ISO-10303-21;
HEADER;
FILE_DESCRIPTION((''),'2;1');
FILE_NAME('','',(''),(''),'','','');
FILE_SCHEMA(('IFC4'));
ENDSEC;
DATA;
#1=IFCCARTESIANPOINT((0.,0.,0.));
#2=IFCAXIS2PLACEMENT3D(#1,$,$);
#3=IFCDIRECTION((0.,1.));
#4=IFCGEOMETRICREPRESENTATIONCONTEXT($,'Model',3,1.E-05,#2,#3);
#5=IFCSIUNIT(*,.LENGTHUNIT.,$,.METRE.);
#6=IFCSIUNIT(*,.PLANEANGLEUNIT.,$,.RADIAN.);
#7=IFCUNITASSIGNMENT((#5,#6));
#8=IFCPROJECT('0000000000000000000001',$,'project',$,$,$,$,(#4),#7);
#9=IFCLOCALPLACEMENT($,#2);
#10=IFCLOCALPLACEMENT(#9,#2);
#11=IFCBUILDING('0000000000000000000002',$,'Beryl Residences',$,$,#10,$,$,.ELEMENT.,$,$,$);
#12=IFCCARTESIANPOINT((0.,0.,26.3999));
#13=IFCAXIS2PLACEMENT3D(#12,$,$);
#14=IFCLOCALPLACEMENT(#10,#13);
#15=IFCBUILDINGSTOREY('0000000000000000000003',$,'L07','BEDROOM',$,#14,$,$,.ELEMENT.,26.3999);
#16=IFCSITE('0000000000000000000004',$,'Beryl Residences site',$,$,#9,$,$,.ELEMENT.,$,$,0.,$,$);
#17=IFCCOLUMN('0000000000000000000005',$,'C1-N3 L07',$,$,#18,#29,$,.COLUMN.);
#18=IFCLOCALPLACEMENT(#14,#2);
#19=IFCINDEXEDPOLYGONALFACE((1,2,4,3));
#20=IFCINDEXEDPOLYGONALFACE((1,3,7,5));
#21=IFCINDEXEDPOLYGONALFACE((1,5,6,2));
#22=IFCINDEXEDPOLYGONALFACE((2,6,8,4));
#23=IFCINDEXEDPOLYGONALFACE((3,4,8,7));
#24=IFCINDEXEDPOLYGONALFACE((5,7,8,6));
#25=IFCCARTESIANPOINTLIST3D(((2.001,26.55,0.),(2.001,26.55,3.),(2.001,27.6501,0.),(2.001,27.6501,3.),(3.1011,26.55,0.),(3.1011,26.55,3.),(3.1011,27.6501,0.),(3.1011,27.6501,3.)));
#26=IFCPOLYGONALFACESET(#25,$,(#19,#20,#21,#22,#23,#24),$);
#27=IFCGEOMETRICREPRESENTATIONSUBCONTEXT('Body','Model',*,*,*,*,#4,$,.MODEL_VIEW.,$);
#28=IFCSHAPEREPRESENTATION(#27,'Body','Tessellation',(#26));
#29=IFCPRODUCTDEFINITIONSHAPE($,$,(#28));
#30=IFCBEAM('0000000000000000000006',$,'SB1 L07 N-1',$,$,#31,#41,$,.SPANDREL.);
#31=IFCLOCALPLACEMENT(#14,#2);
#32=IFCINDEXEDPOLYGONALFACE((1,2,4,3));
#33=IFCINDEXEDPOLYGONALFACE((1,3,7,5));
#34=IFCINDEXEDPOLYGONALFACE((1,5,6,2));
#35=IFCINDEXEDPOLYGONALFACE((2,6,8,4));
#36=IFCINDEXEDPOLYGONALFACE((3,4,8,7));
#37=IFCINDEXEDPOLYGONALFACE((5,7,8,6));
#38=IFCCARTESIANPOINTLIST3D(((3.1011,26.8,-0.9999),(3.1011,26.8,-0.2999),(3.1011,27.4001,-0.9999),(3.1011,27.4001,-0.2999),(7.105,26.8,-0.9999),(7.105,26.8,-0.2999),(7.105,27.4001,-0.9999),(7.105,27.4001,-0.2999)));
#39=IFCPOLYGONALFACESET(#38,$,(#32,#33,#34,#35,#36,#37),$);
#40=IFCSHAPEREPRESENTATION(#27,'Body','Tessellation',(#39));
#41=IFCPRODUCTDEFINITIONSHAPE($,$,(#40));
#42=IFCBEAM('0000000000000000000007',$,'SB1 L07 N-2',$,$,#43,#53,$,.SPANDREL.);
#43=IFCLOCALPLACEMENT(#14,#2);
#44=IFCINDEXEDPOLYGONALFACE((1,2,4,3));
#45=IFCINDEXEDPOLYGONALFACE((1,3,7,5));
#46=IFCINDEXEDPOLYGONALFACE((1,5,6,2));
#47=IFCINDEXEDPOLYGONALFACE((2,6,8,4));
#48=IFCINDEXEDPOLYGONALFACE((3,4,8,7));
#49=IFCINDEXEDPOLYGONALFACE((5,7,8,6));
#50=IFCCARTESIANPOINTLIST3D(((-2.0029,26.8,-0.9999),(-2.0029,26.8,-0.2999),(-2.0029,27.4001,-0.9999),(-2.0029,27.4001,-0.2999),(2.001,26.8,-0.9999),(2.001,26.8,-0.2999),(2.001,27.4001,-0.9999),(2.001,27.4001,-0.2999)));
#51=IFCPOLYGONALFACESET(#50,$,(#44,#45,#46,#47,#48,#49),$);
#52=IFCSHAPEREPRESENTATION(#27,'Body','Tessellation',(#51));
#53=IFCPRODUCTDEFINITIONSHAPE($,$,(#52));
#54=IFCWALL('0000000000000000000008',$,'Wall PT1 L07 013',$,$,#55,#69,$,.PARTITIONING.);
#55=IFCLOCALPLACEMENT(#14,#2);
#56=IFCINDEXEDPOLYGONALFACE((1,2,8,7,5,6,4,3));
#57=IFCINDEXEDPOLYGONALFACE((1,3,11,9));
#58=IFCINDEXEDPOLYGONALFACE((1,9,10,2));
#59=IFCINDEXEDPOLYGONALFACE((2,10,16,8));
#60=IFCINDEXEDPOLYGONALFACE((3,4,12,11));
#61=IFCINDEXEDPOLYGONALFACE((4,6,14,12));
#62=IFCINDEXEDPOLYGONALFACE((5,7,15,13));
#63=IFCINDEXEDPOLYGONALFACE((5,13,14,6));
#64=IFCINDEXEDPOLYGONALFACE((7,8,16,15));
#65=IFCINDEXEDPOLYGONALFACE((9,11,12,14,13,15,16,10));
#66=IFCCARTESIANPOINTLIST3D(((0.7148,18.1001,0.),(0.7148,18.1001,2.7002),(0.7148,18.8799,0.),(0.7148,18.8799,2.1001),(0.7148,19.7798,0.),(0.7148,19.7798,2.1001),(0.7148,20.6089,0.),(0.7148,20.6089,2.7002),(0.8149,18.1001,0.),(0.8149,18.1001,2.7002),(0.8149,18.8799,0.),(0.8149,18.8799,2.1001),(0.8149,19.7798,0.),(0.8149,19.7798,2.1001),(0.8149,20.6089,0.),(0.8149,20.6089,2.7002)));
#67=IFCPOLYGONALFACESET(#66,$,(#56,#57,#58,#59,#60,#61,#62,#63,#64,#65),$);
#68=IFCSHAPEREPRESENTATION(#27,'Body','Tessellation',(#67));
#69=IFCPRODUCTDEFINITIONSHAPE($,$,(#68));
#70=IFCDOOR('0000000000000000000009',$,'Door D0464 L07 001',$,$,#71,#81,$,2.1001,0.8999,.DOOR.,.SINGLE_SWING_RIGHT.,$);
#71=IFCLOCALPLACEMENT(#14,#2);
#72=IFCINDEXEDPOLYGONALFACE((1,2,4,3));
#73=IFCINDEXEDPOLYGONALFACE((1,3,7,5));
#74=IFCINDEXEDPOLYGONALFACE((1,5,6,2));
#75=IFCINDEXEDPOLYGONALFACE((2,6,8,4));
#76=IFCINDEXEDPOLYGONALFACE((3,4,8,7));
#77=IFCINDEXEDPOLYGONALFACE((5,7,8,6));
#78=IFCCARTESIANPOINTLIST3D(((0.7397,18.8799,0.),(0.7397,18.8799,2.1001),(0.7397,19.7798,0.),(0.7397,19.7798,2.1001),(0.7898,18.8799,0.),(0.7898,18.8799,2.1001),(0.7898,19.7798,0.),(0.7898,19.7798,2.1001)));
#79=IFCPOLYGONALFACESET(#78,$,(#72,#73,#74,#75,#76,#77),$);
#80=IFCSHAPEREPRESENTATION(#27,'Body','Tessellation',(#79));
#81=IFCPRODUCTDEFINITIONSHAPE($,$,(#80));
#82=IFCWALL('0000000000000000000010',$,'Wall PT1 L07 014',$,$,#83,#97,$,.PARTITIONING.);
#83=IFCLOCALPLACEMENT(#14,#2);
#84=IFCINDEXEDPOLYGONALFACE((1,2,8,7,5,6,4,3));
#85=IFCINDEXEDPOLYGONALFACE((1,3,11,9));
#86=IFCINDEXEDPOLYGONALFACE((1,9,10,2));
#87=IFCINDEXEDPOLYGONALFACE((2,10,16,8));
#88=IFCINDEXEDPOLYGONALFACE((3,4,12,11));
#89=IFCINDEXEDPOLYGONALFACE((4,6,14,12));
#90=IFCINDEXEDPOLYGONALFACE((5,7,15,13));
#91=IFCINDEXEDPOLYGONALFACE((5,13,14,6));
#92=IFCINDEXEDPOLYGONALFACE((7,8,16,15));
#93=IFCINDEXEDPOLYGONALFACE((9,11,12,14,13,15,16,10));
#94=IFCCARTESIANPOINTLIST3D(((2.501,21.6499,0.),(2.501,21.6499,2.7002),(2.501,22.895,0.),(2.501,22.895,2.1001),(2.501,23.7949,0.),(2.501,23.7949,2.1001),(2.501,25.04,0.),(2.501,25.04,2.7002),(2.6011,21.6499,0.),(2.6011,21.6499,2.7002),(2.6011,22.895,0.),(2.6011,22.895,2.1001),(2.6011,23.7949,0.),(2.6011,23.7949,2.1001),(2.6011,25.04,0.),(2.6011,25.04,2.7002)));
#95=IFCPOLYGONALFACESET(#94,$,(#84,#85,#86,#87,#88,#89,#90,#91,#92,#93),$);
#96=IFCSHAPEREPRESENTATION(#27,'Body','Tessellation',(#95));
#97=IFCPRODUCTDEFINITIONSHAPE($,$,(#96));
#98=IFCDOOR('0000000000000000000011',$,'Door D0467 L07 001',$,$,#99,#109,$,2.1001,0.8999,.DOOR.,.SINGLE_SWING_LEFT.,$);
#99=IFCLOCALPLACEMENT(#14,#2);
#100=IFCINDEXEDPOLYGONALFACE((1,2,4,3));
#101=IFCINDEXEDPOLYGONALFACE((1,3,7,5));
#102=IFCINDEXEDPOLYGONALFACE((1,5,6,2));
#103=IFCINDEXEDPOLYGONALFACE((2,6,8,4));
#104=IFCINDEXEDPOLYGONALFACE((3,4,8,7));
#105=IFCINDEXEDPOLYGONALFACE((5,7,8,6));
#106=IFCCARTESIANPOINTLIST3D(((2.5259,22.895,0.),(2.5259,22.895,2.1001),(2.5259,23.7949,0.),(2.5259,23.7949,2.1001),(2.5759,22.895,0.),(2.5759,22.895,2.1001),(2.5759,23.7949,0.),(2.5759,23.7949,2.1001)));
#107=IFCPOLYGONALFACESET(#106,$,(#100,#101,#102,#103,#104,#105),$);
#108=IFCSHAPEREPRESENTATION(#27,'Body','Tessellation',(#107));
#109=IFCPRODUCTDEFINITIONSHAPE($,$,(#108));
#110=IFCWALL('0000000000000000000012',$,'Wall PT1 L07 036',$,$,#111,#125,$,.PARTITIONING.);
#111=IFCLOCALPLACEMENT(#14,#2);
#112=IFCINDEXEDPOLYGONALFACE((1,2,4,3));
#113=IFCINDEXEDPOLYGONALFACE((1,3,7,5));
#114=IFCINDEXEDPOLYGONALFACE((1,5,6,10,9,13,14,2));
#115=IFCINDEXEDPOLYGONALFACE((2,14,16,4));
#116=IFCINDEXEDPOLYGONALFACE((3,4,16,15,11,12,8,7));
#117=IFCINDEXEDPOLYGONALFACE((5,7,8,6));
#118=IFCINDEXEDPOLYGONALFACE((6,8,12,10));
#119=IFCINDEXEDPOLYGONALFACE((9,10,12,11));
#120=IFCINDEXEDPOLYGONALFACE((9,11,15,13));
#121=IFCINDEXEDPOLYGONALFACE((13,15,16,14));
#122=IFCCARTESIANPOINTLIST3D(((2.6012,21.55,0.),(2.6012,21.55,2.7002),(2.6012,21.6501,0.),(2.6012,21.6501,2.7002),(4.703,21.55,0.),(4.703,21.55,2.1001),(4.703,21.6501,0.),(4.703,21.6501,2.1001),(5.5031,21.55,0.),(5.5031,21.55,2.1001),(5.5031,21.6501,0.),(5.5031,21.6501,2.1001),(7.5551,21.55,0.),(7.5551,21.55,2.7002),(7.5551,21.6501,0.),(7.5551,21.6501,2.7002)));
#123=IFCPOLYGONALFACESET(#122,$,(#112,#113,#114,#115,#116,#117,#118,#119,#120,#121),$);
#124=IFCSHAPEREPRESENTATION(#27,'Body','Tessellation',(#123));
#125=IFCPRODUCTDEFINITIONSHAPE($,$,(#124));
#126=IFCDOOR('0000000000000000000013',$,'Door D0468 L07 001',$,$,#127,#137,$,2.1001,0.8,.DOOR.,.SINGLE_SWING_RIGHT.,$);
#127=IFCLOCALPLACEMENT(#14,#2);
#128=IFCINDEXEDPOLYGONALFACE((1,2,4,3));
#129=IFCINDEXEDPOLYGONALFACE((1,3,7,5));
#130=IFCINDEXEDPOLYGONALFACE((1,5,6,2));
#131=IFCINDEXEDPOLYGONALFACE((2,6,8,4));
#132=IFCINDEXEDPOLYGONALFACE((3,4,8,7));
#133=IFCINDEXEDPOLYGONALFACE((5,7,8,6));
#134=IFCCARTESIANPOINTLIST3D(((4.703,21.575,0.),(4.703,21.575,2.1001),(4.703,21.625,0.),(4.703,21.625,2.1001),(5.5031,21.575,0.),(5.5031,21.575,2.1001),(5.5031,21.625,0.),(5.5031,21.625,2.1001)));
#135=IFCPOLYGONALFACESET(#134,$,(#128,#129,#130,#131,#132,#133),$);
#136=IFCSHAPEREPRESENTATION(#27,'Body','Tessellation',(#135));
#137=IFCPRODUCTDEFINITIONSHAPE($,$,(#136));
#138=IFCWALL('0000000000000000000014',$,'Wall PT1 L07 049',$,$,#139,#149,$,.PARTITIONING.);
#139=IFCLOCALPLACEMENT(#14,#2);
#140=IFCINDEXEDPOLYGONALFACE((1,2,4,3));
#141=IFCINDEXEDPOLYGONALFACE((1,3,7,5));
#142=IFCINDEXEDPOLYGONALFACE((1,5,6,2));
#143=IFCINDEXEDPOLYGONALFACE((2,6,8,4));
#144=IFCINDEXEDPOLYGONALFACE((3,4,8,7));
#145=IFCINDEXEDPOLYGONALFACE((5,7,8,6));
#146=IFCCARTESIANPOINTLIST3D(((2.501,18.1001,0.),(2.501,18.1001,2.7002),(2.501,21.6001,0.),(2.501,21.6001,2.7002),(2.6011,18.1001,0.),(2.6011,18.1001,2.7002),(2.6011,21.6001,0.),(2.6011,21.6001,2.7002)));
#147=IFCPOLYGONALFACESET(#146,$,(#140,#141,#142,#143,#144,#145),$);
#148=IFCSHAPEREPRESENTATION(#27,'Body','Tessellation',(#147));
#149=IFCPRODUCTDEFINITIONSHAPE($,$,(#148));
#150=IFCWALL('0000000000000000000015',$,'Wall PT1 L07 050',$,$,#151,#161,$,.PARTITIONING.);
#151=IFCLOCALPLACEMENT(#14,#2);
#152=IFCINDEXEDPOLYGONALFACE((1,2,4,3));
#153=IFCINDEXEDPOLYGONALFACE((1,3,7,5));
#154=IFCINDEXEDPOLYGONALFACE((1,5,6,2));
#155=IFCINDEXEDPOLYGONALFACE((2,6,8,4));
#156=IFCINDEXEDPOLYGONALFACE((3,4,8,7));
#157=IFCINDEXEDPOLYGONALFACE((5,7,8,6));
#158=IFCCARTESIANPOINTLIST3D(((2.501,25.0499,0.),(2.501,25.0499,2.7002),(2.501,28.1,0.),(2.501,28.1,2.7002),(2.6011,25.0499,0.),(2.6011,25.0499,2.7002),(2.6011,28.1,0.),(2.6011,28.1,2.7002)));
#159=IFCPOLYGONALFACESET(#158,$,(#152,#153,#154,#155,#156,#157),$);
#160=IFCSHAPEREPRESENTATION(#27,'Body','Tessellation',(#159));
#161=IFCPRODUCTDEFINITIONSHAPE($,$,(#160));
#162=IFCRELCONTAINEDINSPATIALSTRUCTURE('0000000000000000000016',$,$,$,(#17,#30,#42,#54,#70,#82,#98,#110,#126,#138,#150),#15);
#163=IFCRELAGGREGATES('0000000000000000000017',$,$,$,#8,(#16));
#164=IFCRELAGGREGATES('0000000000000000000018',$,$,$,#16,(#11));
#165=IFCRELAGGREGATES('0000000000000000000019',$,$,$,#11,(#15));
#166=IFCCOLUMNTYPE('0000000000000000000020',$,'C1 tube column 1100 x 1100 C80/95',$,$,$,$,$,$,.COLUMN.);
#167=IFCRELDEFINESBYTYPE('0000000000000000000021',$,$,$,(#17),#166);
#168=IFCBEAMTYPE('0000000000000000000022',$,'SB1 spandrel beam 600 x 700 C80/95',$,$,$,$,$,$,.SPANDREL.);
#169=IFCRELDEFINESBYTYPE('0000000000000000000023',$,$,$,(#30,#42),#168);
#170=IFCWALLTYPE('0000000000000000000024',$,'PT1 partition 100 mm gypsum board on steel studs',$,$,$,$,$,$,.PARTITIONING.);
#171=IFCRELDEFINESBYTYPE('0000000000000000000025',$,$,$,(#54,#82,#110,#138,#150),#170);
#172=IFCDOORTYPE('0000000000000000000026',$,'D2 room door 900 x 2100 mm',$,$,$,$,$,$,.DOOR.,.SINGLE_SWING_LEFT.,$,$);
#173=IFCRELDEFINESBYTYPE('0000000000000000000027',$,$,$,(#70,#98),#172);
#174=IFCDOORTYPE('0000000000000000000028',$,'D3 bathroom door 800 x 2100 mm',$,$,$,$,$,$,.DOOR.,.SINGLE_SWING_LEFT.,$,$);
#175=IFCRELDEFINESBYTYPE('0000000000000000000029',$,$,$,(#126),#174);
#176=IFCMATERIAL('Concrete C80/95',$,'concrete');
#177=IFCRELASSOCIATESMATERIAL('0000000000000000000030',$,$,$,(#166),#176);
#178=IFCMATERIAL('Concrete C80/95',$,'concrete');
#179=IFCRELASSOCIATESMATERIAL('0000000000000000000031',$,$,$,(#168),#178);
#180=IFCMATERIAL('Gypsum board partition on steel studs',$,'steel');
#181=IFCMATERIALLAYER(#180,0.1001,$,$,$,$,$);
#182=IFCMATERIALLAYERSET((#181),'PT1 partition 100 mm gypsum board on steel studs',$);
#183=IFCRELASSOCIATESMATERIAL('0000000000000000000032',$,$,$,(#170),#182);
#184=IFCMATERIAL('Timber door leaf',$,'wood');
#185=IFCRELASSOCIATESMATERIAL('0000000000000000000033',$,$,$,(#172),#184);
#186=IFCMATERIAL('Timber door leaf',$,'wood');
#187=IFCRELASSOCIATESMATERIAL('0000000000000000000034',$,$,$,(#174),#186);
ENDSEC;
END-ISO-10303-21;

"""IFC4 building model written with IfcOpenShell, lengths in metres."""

from ifc_helpers import new_model, si_unit, direction, frame, frame_2d, origin, origin_2d, place, context, subcontext, project, spatial, rectangle, extrude, material, layer, layer_set, material_profile, profile_set, type_object, element, fill, save


model = new_model("IFC4")

# Units and contexts
model_context = context("Model", 3, precision=1e-05, world=origin(), true_north=direction((0.0, 1.0)))
body_context = subcontext(model_context, "Body", "Model", "MODEL_VIEW")
ifc_project = project(units=[si_unit("LENGTHUNIT", "METRE"), si_unit("PLANEANGLEUNIT", "RADIAN")], contexts=[model_context])

# Site, building, storey
site_placement = place(None, origin())
site = spatial("IfcSite", under=ifc_project, at=site_placement, Name="Beryl Residences site", CompositionType="ELEMENT", RefElevation=0.0)
building_placement = place(site_placement, origin())
building = spatial("IfcBuilding", under=site, at=building_placement, Name="Beryl Residences", CompositionType="ELEMENT")
storey_placement = place(building_placement, frame((0.0, 0.0, 26.3999)))
storey = spatial("IfcBuildingStorey", under=building, at=storey_placement, Name="L07", Description="BEDROOM", CompositionType="ELEMENT", Elevation=26.3999)

# Column
ifc_material_1 = material(Name="Concrete C80/95", Category="concrete")
ifc_material_profile_1 = material_profile(ifc_material_1, rectangle(XDim=1.1001, YDim=1.1001, at=origin_2d()))
ifc_profile_set_1 = profile_set([ifc_material_profile_1], Name="Concrete C80/95")
column_type = type_object("IfcColumnType", Name="C1 tube column 1100 x 1100 C80/95", PredefinedType="COLUMN", material=ifc_profile_set_1)
column_placement = place(storey_placement, frame((2.551, 27.1001, 0.0), z_axis=(0.0, 0.0, 1.0), x_axis=(-1.0, 0.0, 0.0)))
element("IfcColumn", 1, at=column_placement, inside=storey, type_object=column_type, Name="C1-N3 L07", PredefinedType="COLUMN", context=body_context, shape_type="SweptSolid", body=[
    extrude(rectangle(XDim=1.1001, YDim=1.1001, at=origin_2d()), origin(), (0.0, 0.0, 1.0), 3.0),
])

# Beams
ifc_material_2 = material(Name="Concrete C80/95", Category="concrete")
ifc_material_profile_2 = material_profile(ifc_material_2, rectangle(XDim=0.6001, YDim=0.7, at=origin_2d()))
ifc_profile_set_2 = profile_set([ifc_material_profile_2], Name="Concrete C80/95")
beam_type = type_object("IfcBeamType", Name="SB1 spandrel beam 600 x 700 C80/95", PredefinedType="SPANDREL", material=ifc_profile_set_2)
for number, where, z_axis, x_axis, name in (
    (2, (7.105, 27.1001, -0.6499), (-1.0, 0.0, 0.0), (0.0, -1.0, 0.0), "SB1 L07 N-1"),
    (3, (2.001, 27.1001, -0.6499), (-1.0, 0.0, 0.0), (0.0, -1.0, 0.0), "SB1 L07 N-2"),
):
    element("IfcBeam", number, at=place(storey_placement, frame(where, z_axis=z_axis, x_axis=x_axis)), inside=storey, type_object=beam_type, Name=name, PredefinedType="SPANDREL", context=body_context, shape_type="SweptSolid", body=[
        extrude(rectangle(XDim=0.6001, YDim=0.7, at=origin_2d()), origin(), (0.0, 0.0, 1.0), 4.0039),
    ])

# Walls, openings, doors
ifc_material_3 = material(Name="Gypsum board partition on steel studs", Category="steel")
ifc_layer = layer(ifc_material_3, 0.1001)
ifc_layer_set = layer_set([ifc_layer], Name="PT1 partition 100 mm gypsum board on steel studs")
wall_type = type_object("IfcWallType", Name="PT1 partition 100 mm gypsum board on steel studs", PredefinedType="PARTITIONING", material=ifc_layer_set)
wall_1_placement = place(storey_placement, frame((0.7649, 20.6089, 0.0), z_axis=(0.0, 0.0, 1.0), x_axis=(0.0, -1.0, 0.0)))
wall_1 = element("IfcWall", 4, at=wall_1_placement, inside=storey, type_object=wall_type, Name="Wall PT1 L07 013", PredefinedType="PARTITIONING", context=body_context, shape_type="SweptSolid", body=[
    extrude(rectangle(XDim=2.5088, YDim=0.1001, at=frame_2d((1.2544, 0.0))), origin(), (0.0, 0.0, 1.0), 2.7002),
])
opening_1_placement = place(wall_1_placement, frame((0.8291, 0.0, 0.0)))
opening_1 = element("IfcOpeningElement", 5, at=opening_1_placement, cuts=wall_1, PredefinedType="OPENING", context=body_context, shape_type="SweptSolid", body=[
    extrude(rectangle(XDim=0.8999, YDim=2.1001, at=frame_2d((0.45, 1.05))), frame((0.0, 0.0601, 0.0), z_axis=(0.0, -1.0, 0.0), x_axis=(1.0, 0.0, 0.0)), (0.0, 0.0, 1.0), 0.1201),
])
ifc_material_4 = material(Name="Timber door leaf", Category="wood")
door_type_1 = type_object("IfcDoorType", Name="D2 room door 900 x 2100 mm", OperationType="SINGLE_SWING_LEFT", PredefinedType="DOOR", material=ifc_material_4)
door_1_placement = place(opening_1_placement, origin())
door_1 = element("IfcDoor", 6, at=door_1_placement, inside=storey, type_object=door_type_1, Name="Door D0464 L07 001", OperationType="SINGLE_SWING_RIGHT", OverallHeight=2.1001, OverallWidth=0.8999, PredefinedType="DOOR", context=body_context, shape_type="SweptSolid", body=[
    extrude(rectangle(XDim=0.8999, YDim=2.1001, at=frame_2d((0.45, 1.05))), frame((0.0, 0.0249, 0.0), z_axis=(0.0, -1.0, 0.0), x_axis=(1.0, 0.0, 0.0)), (0.0, 0.0, 1.0), 0.05),
])
fill(opening_1, door_1)
wall_2_placement = place(storey_placement, frame((2.551, 25.04, 0.0), z_axis=(0.0, 0.0, 1.0), x_axis=(0.0, -1.0, 0.0)))
wall_2 = element("IfcWall", 7, at=wall_2_placement, inside=storey, type_object=wall_type, Name="Wall PT1 L07 014", PredefinedType="PARTITIONING", context=body_context, shape_type="SweptSolid", body=[
    extrude(rectangle(XDim=3.3901, YDim=0.1001, at=frame_2d((1.6951, 0.0))), origin(), (0.0, 0.0, 1.0), 2.7002),
])
opening_2_placement = place(wall_2_placement, frame((1.2451, 0.0, 0.0)))
opening_2 = element("IfcOpeningElement", 8, at=opening_2_placement, cuts=wall_2, PredefinedType="OPENING", context=body_context, shape_type="SweptSolid", body=[
    extrude(rectangle(XDim=0.8999, YDim=2.1001, at=frame_2d((0.45, 1.05))), frame((0.0, 0.0601, 0.0), z_axis=(0.0, -1.0, 0.0), x_axis=(1.0, 0.0, 0.0)), (0.0, 0.0, 1.0), 0.1201),
])
door_2_placement = place(opening_2_placement, origin())
door_2 = element("IfcDoor", 9, at=door_2_placement, inside=storey, type_object=door_type_1, Name="Door D0467 L07 001", OperationType="SINGLE_SWING_LEFT", OverallHeight=2.1001, OverallWidth=0.8999, PredefinedType="DOOR", context=body_context, shape_type="SweptSolid", body=[
    extrude(rectangle(XDim=0.8999, YDim=2.1001, at=frame_2d((0.45, 1.05))), frame((0.0, 0.0249, 0.0), z_axis=(0.0, -1.0, 0.0), x_axis=(1.0, 0.0, 0.0)), (0.0, 0.0, 1.0), 0.05),
])
fill(opening_2, door_2)
wall_3_placement = place(storey_placement, frame((2.6011, 21.6001, 0.0), z_axis=(0.0, 0.0, 1.0), x_axis=(1.0, 0.0, 0.0)))
wall_3 = element("IfcWall", 10, at=wall_3_placement, inside=storey, type_object=wall_type, Name="Wall PT1 L07 036", PredefinedType="PARTITIONING", context=body_context, shape_type="SweptSolid", body=[
    extrude(rectangle(XDim=4.9539, YDim=0.1001, at=frame_2d((2.4771, 0.0))), origin(), (0.0, 0.0, 1.0), 2.7002),
])
opening_3_placement = place(wall_3_placement, frame((2.1021, 0.0, 0.0)))
opening_3 = element("IfcOpeningElement", 11, at=opening_3_placement, cuts=wall_3, PredefinedType="OPENING", context=body_context, shape_type="SweptSolid", body=[
    extrude(rectangle(XDim=0.8, YDim=2.1001, at=frame_2d((0.3999, 1.05))), frame((0.0, 0.0601, 0.0), z_axis=(0.0, -1.0, 0.0), x_axis=(1.0, 0.0, 0.0)), (0.0, 0.0, 1.0), 0.1201),
])
ifc_material_5 = material(Name="Timber door leaf", Category="wood")
door_type_2 = type_object("IfcDoorType", Name="D3 bathroom door 800 x 2100 mm", OperationType="SINGLE_SWING_LEFT", PredefinedType="DOOR", material=ifc_material_5)
door_3_placement = place(opening_3_placement, origin())
door_3 = element("IfcDoor", 12, at=door_3_placement, inside=storey, type_object=door_type_2, Name="Door D0468 L07 001", OperationType="SINGLE_SWING_RIGHT", OverallHeight=2.1001, OverallWidth=0.8, PredefinedType="DOOR", context=body_context, shape_type="SweptSolid", body=[
    extrude(rectangle(XDim=0.8, YDim=2.1001, at=frame_2d((0.3999, 1.05))), frame((0.0, 0.0249, 0.0), z_axis=(0.0, -1.0, 0.0), x_axis=(1.0, 0.0, 0.0)), (0.0, 0.0, 1.0), 0.05),
])
fill(opening_3, door_3)

# Walls
wall_4_placement = place(storey_placement, frame((2.551, 18.1001, 0.0), z_axis=(0.0, 0.0, 1.0), x_axis=(0.0, 1.0, 0.0)))
element("IfcWall", 13, at=wall_4_placement, inside=storey, type_object=wall_type, Name="Wall PT1 L07 049", PredefinedType="PARTITIONING", context=body_context, shape_type="SweptSolid", body=[
    extrude(rectangle(XDim=3.5, YDim=0.1001, at=frame_2d((1.75, 0.0))), origin(), (0.0, 0.0, 1.0), 2.7002),
])
wall_5_placement = place(storey_placement, frame((2.551, 25.05, 0.0), z_axis=(0.0, 0.0, 1.0), x_axis=(0.0, 1.0, 0.0)))
element("IfcWall", 14, at=wall_5_placement, inside=storey, type_object=wall_type, Name="Wall PT1 L07 050", PredefinedType="PARTITIONING", context=body_context, shape_type="SweptSolid", body=[
    extrude(rectangle(XDim=3.05, YDim=0.1001, at=frame_2d((1.5249, 0.0))), origin(), (0.0, 0.0, 1.0), 2.7002),
])

save(model, "model.ifc")
